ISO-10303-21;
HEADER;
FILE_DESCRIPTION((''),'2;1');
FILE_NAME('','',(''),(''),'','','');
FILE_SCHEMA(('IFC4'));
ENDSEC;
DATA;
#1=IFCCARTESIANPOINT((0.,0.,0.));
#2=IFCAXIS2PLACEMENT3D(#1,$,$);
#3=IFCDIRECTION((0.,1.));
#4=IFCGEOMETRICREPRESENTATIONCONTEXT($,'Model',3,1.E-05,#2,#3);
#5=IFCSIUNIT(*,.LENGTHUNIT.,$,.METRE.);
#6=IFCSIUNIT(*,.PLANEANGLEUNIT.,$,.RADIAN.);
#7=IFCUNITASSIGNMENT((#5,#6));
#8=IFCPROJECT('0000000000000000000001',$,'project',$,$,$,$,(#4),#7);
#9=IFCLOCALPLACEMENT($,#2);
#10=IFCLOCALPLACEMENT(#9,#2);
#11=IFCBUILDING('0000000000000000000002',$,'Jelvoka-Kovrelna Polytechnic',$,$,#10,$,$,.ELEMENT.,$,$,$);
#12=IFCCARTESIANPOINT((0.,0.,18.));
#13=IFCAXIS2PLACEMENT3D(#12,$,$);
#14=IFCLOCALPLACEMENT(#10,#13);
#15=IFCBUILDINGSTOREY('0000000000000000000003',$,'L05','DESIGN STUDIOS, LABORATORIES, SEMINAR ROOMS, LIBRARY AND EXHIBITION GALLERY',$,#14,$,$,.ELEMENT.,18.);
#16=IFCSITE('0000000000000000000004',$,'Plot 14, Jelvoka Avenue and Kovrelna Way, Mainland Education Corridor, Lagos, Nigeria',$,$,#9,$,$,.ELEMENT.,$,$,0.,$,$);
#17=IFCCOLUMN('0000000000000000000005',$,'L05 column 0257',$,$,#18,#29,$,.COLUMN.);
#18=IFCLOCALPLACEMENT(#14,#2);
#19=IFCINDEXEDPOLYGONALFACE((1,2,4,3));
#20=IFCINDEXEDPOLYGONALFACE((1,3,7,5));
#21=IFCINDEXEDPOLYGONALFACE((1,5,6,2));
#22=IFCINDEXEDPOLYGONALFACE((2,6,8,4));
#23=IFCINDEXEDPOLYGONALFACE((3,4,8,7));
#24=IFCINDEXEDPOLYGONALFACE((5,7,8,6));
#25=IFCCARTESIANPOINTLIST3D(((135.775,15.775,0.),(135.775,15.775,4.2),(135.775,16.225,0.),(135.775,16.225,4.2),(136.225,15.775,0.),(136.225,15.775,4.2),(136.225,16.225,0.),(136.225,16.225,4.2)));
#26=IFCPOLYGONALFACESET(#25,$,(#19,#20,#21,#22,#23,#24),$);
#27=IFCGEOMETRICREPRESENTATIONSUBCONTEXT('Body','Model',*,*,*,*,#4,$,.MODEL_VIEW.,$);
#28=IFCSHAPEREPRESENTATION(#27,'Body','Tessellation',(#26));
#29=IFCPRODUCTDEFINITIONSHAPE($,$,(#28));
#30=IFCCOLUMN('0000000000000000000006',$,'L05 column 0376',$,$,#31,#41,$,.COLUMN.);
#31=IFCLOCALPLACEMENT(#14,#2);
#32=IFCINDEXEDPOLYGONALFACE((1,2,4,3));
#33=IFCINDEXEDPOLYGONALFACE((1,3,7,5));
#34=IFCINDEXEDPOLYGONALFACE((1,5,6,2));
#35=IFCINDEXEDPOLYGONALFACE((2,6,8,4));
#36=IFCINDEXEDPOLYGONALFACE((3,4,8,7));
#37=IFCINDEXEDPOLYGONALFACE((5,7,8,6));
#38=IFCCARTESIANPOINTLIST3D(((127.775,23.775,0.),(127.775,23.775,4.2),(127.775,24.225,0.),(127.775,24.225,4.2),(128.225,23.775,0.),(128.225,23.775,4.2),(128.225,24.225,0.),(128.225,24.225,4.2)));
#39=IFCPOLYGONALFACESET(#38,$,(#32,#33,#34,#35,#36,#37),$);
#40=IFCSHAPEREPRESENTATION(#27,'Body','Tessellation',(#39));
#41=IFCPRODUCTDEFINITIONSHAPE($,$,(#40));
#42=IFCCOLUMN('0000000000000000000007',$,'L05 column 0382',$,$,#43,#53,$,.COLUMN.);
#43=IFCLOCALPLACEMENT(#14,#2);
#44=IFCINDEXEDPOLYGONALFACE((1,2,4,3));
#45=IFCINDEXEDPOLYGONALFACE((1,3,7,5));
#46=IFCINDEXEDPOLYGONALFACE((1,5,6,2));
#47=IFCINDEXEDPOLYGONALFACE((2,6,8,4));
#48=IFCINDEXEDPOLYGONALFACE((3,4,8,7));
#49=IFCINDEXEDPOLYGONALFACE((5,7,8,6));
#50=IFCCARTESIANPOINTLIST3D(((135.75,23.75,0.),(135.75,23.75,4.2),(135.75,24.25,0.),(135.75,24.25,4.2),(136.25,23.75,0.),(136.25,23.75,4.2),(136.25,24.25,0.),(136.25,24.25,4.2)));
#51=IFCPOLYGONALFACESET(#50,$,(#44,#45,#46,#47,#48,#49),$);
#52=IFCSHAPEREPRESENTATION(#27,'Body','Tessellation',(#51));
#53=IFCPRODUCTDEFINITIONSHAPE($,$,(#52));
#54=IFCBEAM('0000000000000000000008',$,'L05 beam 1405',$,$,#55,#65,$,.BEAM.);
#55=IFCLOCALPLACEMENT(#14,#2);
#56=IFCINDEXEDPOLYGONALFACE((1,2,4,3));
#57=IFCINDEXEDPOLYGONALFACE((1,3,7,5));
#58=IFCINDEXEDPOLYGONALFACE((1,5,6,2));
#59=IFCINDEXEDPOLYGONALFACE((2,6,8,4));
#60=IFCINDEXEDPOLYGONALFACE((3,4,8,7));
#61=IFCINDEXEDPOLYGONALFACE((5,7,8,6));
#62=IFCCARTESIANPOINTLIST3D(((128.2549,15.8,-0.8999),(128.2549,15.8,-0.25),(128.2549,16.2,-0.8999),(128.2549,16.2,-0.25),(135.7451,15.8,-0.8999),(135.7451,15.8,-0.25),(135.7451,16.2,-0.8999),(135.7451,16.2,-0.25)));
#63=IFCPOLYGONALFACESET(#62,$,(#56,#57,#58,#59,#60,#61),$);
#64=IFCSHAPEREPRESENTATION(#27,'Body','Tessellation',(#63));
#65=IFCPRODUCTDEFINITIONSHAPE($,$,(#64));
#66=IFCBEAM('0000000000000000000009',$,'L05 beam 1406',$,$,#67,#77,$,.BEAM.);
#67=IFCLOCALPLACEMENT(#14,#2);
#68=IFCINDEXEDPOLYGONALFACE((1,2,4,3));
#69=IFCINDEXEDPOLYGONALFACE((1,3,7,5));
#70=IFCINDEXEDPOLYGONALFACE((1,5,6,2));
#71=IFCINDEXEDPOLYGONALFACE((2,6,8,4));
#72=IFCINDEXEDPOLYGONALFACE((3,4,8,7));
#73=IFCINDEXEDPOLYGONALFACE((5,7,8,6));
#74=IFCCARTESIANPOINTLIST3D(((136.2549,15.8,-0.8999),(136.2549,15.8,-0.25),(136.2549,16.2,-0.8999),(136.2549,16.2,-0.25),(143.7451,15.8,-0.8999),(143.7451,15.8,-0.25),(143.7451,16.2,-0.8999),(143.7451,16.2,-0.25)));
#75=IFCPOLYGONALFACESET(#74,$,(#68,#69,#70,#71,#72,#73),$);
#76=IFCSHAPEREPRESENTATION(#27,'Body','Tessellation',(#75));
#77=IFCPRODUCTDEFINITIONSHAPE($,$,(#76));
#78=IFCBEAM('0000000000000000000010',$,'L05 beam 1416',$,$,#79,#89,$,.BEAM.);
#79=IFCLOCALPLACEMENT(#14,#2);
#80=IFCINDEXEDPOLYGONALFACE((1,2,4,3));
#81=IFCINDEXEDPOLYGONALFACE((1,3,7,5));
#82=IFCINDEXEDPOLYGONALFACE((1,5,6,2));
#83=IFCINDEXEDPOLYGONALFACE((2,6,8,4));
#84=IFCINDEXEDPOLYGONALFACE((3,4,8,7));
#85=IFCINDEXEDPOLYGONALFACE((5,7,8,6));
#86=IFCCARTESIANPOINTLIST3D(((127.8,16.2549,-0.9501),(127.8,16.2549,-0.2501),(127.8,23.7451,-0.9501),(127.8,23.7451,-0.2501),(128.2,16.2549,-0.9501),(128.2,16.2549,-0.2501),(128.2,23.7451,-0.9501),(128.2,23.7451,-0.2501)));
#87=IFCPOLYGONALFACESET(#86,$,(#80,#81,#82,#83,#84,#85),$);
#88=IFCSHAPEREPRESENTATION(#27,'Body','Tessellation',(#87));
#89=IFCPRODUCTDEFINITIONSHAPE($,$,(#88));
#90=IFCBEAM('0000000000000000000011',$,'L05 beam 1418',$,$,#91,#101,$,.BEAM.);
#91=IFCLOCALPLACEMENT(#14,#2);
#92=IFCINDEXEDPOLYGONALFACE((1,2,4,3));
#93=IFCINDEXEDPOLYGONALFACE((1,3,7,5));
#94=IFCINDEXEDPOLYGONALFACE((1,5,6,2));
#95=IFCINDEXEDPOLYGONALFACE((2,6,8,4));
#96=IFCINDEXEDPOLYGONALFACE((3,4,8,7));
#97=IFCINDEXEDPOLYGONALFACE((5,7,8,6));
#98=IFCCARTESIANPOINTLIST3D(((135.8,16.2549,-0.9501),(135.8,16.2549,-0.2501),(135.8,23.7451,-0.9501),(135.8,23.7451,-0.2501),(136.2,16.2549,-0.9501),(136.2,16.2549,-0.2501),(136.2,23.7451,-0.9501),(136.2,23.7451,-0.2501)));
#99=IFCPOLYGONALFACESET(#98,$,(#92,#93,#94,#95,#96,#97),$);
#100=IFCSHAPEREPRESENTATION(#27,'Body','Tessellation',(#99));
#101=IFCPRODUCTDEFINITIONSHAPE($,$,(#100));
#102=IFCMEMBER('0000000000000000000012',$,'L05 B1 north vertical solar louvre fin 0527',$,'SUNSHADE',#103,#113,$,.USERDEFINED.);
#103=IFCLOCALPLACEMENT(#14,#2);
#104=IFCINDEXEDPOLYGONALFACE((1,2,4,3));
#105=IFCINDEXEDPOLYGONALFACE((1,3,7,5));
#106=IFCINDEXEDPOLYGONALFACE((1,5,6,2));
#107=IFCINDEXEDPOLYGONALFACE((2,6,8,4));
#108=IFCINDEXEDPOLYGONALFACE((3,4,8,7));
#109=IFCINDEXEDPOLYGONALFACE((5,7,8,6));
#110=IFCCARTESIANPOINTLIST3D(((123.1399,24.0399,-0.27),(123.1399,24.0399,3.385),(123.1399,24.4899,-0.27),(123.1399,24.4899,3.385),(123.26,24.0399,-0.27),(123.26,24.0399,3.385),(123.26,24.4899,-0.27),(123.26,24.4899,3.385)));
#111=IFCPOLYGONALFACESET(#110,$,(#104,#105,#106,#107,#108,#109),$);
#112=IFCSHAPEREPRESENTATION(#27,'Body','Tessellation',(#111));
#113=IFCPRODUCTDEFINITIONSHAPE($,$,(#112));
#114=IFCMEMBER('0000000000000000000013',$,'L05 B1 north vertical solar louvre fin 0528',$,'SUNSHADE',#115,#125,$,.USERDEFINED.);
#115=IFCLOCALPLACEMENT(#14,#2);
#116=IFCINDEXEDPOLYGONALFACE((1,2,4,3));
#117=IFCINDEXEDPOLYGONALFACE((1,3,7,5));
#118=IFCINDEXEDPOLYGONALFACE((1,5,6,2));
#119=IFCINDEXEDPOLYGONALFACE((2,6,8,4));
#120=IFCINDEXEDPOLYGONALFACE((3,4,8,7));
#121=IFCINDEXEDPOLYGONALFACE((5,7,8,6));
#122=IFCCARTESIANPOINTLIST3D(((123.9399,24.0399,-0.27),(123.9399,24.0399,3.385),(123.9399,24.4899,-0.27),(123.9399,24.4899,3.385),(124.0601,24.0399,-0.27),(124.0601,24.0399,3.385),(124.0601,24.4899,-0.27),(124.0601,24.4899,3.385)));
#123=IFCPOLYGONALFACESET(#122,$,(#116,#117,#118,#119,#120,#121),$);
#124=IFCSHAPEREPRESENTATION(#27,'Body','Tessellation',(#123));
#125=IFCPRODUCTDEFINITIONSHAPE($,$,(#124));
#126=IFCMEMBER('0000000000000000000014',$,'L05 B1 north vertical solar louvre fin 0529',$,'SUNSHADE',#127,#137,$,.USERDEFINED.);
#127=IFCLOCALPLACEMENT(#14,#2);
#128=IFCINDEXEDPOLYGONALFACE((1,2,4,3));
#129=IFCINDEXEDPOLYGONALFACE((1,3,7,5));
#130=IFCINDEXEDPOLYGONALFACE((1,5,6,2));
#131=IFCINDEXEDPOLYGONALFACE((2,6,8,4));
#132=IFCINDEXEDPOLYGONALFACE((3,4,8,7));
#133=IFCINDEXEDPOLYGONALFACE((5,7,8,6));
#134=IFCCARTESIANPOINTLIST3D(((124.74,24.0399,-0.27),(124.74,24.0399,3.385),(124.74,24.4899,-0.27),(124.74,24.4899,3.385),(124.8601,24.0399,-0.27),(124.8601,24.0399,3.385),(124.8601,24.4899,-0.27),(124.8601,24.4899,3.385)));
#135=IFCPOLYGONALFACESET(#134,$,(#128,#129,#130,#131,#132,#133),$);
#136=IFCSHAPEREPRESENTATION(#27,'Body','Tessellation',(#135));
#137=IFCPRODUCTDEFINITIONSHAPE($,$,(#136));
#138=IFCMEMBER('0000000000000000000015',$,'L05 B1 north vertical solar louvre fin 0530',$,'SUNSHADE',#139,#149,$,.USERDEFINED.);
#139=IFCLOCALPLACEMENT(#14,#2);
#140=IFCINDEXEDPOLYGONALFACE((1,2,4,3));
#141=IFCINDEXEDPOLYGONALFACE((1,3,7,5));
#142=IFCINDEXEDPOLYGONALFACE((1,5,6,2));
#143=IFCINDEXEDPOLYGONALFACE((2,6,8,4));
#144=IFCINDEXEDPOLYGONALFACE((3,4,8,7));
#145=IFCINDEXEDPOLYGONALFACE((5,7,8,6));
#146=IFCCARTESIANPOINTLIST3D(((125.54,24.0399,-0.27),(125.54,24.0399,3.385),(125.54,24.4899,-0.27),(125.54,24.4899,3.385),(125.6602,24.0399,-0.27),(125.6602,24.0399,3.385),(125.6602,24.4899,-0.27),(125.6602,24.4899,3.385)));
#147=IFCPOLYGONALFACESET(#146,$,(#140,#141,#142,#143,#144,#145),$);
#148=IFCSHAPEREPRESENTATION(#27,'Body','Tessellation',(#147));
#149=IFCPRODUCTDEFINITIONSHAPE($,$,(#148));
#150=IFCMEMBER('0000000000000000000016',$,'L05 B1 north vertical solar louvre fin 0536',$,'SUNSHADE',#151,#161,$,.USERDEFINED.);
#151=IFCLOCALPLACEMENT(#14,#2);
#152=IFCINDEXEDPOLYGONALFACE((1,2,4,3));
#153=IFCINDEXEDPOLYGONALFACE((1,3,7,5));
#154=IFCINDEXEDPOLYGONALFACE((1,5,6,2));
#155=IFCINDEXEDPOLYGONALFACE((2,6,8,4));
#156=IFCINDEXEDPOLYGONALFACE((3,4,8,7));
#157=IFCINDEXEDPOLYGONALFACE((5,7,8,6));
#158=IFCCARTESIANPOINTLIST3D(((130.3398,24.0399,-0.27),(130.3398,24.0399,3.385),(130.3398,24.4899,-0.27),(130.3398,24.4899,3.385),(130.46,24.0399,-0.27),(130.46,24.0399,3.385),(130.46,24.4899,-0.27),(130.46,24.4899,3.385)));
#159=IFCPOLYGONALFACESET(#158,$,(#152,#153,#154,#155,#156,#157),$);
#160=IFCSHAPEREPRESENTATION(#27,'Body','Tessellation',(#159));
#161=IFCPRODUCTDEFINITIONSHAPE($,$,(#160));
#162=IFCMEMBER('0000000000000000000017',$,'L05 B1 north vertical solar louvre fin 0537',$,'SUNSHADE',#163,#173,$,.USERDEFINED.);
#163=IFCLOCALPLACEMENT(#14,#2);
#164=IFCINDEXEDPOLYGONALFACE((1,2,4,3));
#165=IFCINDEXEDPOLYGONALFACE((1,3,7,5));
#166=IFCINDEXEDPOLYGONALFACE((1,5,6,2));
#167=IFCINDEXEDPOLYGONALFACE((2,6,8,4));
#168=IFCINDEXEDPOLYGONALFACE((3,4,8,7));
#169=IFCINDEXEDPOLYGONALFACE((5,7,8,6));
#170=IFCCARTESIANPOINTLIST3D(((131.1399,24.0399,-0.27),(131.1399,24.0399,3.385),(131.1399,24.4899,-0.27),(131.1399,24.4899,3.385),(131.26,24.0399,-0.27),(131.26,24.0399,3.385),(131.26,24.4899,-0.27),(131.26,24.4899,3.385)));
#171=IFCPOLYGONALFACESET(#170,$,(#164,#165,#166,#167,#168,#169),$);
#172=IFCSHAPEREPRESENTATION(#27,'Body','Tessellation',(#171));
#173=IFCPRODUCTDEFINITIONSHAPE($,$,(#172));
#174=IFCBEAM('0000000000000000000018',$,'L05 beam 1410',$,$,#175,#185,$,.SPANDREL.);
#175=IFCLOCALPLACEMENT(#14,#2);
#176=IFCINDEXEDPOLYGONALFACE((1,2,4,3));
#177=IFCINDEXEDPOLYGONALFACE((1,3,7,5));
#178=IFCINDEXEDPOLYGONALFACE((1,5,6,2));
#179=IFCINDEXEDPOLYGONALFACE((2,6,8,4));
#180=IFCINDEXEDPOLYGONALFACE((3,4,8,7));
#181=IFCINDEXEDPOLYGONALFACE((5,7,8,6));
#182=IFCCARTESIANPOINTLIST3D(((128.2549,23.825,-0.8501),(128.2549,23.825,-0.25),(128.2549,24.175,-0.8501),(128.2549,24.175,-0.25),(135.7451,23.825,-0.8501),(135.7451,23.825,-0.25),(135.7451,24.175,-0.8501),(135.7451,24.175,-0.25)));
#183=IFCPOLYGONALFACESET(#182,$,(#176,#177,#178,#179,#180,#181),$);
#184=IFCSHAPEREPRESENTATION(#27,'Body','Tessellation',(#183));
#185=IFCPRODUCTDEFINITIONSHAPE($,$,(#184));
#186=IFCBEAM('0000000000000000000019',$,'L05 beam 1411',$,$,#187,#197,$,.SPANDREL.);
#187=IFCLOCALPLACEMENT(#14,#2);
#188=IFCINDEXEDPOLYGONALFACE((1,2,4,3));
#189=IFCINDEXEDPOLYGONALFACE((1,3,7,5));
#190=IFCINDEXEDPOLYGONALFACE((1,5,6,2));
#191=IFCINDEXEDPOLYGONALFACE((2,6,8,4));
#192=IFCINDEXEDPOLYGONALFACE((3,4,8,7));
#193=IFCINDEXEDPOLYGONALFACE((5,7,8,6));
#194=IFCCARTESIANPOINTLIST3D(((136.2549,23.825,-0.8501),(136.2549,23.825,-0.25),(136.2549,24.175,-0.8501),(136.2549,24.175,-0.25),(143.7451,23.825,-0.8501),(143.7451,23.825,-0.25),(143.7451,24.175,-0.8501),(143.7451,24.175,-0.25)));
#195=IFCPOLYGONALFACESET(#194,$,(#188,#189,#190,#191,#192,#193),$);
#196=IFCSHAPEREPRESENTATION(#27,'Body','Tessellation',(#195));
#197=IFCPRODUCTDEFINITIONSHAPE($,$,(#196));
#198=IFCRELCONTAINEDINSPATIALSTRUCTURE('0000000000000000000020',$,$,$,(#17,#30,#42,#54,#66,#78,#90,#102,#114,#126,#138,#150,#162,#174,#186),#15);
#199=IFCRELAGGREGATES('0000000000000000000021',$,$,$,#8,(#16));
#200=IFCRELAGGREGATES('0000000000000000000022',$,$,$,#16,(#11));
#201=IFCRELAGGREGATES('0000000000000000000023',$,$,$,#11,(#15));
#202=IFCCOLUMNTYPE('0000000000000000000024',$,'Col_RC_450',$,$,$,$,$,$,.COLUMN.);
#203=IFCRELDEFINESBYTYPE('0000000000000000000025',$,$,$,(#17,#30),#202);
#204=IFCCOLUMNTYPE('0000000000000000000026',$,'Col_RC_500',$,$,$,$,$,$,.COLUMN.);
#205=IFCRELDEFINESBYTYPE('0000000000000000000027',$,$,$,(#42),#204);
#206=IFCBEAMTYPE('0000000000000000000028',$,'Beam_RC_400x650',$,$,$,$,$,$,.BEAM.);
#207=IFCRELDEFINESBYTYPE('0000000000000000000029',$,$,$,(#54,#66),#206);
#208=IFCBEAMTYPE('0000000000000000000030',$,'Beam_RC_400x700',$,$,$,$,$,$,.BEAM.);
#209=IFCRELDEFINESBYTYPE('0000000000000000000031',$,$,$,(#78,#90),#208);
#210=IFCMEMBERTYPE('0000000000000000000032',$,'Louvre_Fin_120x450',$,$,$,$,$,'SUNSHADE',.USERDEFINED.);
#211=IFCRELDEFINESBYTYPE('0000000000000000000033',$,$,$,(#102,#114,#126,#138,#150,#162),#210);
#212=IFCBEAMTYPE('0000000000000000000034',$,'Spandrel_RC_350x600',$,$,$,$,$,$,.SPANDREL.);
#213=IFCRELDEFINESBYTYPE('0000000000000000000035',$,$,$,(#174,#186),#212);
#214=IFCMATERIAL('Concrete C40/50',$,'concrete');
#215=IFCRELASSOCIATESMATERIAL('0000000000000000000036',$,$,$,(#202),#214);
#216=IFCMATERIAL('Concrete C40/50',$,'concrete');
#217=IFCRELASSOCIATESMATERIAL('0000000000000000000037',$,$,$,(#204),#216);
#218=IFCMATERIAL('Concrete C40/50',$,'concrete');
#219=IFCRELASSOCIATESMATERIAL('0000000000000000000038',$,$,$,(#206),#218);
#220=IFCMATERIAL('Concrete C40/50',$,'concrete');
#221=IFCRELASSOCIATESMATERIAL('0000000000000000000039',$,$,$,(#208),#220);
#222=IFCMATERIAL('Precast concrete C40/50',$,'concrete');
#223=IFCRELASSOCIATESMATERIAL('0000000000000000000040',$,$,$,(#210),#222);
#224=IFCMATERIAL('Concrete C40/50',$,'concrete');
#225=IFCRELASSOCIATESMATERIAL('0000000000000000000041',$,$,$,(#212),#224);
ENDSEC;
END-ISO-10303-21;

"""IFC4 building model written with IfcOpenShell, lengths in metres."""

from ifc_helpers import new_model, si_unit, direction, frame, origin, origin_2d, place, context, subcontext, project, spatial, rectangle, extrude, material, material_profile, profile_set, type_object, element, save


model = new_model("IFC4")

# Units and contexts
model_context = context("Model", 3, precision=1e-05, world=origin(), true_north=direction((0.0, 1.0)))
body_context = subcontext(model_context, "Body", "Model", "MODEL_VIEW")
ifc_project = project(units=[si_unit("LENGTHUNIT", "METRE"), si_unit("PLANEANGLEUNIT", "RADIAN")], contexts=[model_context])

# Site, building, storey
site_placement = place(None, origin())
site = spatial("IfcSite", under=ifc_project, at=site_placement, Name="Plot 14, Jelvoka Avenue and Kovrelna Way, Mainland Education Corridor, Lagos, Nigeria", CompositionType="ELEMENT", RefElevation=0.0)
building_placement = place(site_placement, origin())
building = spatial("IfcBuilding", under=site, at=building_placement, Name="Jelvoka-Kovrelna Polytechnic", CompositionType="ELEMENT")
storey_placement = place(building_placement, frame((0.0, 0.0, 18.0)))
storey = spatial("IfcBuildingStorey", under=building, at=storey_placement, Name="L05", Description="DESIGN STUDIOS, LABORATORIES, SEMINAR ROOMS, LIBRARY AND EXHIBITION GALLERY", CompositionType="ELEMENT", Elevation=18.0)

# Columns
ifc_material_1 = material(Name="Concrete C40/50", Category="concrete")
ifc_material_profile_1 = material_profile(ifc_material_1, rectangle(XDim=0.45, YDim=0.45, at=origin_2d()), Name="RC 450x450")
ifc_profile_set_1 = profile_set([ifc_material_profile_1], Name="Concrete C40/50")
column_type_1 = type_object("IfcColumnType", Name="Col_RC_450", PredefinedType="COLUMN", material=ifc_profile_set_1)
for number, where, z_axis, x_axis, name in (
    (1, (136.0, 16.0, 0.0), (0.0, 0.0, 1.0), (1.0, 0.0, 0.0), "L05 column 0257"),
    (2, (128.0, 24.0, 0.0), (0.0, 0.0, 1.0), (1.0, 0.0, 0.0), "L05 column 0376"),
):
    element("IfcColumn", number, at=place(storey_placement, frame(where, z_axis=z_axis, x_axis=x_axis)), inside=storey, type_object=column_type_1, Name=name, PredefinedType="COLUMN", context=body_context, shape_type="SweptSolid", body=[
        extrude(rectangle(XDim=0.45, YDim=0.45, at=origin_2d()), origin(), (0.0, 0.0, 1.0), 4.2),
    ])
ifc_material_2 = material(Name="Concrete C40/50", Category="concrete")
ifc_material_profile_2 = material_profile(ifc_material_2, rectangle(XDim=0.5, YDim=0.5, at=origin_2d()), Name="RC 500x500")
ifc_profile_set_2 = profile_set([ifc_material_profile_2], Name="Concrete C40/50")
column_type_2 = type_object("IfcColumnType", Name="Col_RC_500", PredefinedType="COLUMN", material=ifc_profile_set_2)
column_placement = place(storey_placement, frame((136.0, 24.0, 0.0), z_axis=(0.0, 0.0, 1.0), x_axis=(1.0, 0.0, 0.0)))
element("IfcColumn", 3, at=column_placement, inside=storey, type_object=column_type_2, Name="L05 column 0382", PredefinedType="COLUMN", context=body_context, shape_type="SweptSolid", body=[
    extrude(rectangle(XDim=0.5, YDim=0.5, at=origin_2d()), origin(), (0.0, 0.0, 1.0), 4.2),
])

# Beams
ifc_material_3 = material(Name="Concrete C40/50", Category="concrete")
ifc_material_profile_3 = material_profile(ifc_material_3, rectangle(XDim=0.3999, YDim=0.6499, at=origin_2d()), Name="RC 400x650")
ifc_profile_set_3 = profile_set([ifc_material_profile_3], Name="Concrete C40/50")
beam_type_1 = type_object("IfcBeamType", Name="Beam_RC_400x650", PredefinedType="BEAM", material=ifc_profile_set_3)
for number, where, z_axis, x_axis, name in (
    (4, (128.2549, 16.0, -0.575), (1.0, 0.0, 0.0), (0.0, 1.0, 0.0), "L05 beam 1405"),
    (5, (136.2549, 16.0, -0.575), (1.0, 0.0, 0.0), (0.0, 1.0, 0.0), "L05 beam 1406"),
):
    element("IfcBeam", number, at=place(storey_placement, frame(where, z_axis=z_axis, x_axis=x_axis)), inside=storey, type_object=beam_type_1, Name=name, PredefinedType="BEAM", context=body_context, shape_type="SweptSolid", body=[
        extrude(rectangle(XDim=0.3999, YDim=0.6499, at=origin_2d()), origin(), (0.0, 0.0, 1.0), 7.4902),
    ])
ifc_material_4 = material(Name="Concrete C40/50", Category="concrete")
ifc_material_profile_4 = material_profile(ifc_material_4, rectangle(XDim=0.3999, YDim=0.7, at=origin_2d()), Name="RC 400x700")
ifc_profile_set_4 = profile_set([ifc_material_profile_4], Name="Concrete C40/50")
beam_type_2 = type_object("IfcBeamType", Name="Beam_RC_400x700", PredefinedType="BEAM", material=ifc_profile_set_4)
for number, where, z_axis, x_axis, name in (
    (6, (128.0, 16.2549, -0.6001), (0.0, 1.0, 0.0), (-1.0, 0.0, 0.0), "L05 beam 1416"),
    (7, (136.0, 16.2549, -0.6001), (0.0, 1.0, 0.0), (-1.0, 0.0, 0.0), "L05 beam 1418"),
):
    element("IfcBeam", number, at=place(storey_placement, frame(where, z_axis=z_axis, x_axis=x_axis)), inside=storey, type_object=beam_type_2, Name=name, PredefinedType="BEAM", context=body_context, shape_type="SweptSolid", body=[
        extrude(rectangle(XDim=0.3999, YDim=0.7, at=origin_2d()), origin(), (0.0, 0.0, 1.0), 7.4902),
    ])

# Members
ifc_material_5 = material(Name="Precast concrete C40/50", Category="concrete")
ifc_material_profile_5 = material_profile(ifc_material_5, rectangle(XDim=0.1201, YDim=0.45, at=origin_2d()), Name="PC 120x450")
ifc_profile_set_5 = profile_set([ifc_material_profile_5], Name="Precast concrete C40/50")
member_type = type_object("IfcMemberType", Name="Louvre_Fin_120x450", ElementType="SUNSHADE", PredefinedType="USERDEFINED", material=ifc_profile_set_5)
for number, where, z_axis, x_axis, name in (
    (8, (123.2, 24.2649, -0.27), (0.0, 0.0, 1.0), (1.0, 0.0, 0.0), "L05 B1 north vertical solar louvre fin 0527"),
    (9, (124.0, 24.2649, -0.27), (0.0, 0.0, 1.0), (1.0, 0.0, 0.0), "L05 B1 north vertical solar louvre fin 0528"),
    (10, (124.8, 24.2649, -0.27), (0.0, 0.0, 1.0), (1.0, 0.0, 0.0), "L05 B1 north vertical solar louvre fin 0529"),
    (11, (125.6001, 24.2649, -0.27), (0.0, 0.0, 1.0), (1.0, 0.0, 0.0), "L05 B1 north vertical solar louvre fin 0530"),
    (12, (130.3999, 24.2649, -0.27), (0.0, 0.0, 1.0), (1.0, 0.0, 0.0), "L05 B1 north vertical solar louvre fin 0536"),
    (13, (131.2, 24.2649, -0.27), (0.0, 0.0, 1.0), (1.0, 0.0, 0.0), "L05 B1 north vertical solar louvre fin 0537"),
):
    element("IfcMember", number, at=place(storey_placement, frame(where, z_axis=z_axis, x_axis=x_axis)), inside=storey, type_object=member_type, Name=name, ObjectType="SUNSHADE", PredefinedType="USERDEFINED", context=body_context, shape_type="SweptSolid", body=[
        extrude(rectangle(XDim=0.1201, YDim=0.45, at=origin_2d()), origin(), (0.0, 0.0, 1.0), 3.655),
    ])

# Beams
ifc_material_6 = material(Name="Concrete C40/50", Category="concrete")
ifc_material_profile_6 = material_profile(ifc_material_6, rectangle(XDim=0.3501, YDim=0.6001, at=origin_2d()), Name="RC 350x600")
ifc_profile_set_6 = profile_set([ifc_material_profile_6], Name="Concrete C40/50")
beam_type_3 = type_object("IfcBeamType", Name="Spandrel_RC_350x600", PredefinedType="SPANDREL", material=ifc_profile_set_6)
for number, where, z_axis, x_axis, name in (
    (14, (128.2549, 24.0, -0.55), (1.0, 0.0, 0.0), (0.0, 1.0, 0.0), "L05 beam 1410"),
    (15, (136.2549, 24.0, -0.55), (1.0, 0.0, 0.0), (0.0, 1.0, 0.0), "L05 beam 1411"),
):
    element("IfcBeam", number, at=place(storey_placement, frame(where, z_axis=z_axis, x_axis=x_axis)), inside=storey, type_object=beam_type_3, Name=name, PredefinedType="SPANDREL", context=body_context, shape_type="SweptSolid", body=[
        extrude(rectangle(XDim=0.3501, YDim=0.6001, at=origin_2d()), origin(), (0.0, 0.0, 1.0), 7.4902),
    ])

save(model, "model.ifc")
